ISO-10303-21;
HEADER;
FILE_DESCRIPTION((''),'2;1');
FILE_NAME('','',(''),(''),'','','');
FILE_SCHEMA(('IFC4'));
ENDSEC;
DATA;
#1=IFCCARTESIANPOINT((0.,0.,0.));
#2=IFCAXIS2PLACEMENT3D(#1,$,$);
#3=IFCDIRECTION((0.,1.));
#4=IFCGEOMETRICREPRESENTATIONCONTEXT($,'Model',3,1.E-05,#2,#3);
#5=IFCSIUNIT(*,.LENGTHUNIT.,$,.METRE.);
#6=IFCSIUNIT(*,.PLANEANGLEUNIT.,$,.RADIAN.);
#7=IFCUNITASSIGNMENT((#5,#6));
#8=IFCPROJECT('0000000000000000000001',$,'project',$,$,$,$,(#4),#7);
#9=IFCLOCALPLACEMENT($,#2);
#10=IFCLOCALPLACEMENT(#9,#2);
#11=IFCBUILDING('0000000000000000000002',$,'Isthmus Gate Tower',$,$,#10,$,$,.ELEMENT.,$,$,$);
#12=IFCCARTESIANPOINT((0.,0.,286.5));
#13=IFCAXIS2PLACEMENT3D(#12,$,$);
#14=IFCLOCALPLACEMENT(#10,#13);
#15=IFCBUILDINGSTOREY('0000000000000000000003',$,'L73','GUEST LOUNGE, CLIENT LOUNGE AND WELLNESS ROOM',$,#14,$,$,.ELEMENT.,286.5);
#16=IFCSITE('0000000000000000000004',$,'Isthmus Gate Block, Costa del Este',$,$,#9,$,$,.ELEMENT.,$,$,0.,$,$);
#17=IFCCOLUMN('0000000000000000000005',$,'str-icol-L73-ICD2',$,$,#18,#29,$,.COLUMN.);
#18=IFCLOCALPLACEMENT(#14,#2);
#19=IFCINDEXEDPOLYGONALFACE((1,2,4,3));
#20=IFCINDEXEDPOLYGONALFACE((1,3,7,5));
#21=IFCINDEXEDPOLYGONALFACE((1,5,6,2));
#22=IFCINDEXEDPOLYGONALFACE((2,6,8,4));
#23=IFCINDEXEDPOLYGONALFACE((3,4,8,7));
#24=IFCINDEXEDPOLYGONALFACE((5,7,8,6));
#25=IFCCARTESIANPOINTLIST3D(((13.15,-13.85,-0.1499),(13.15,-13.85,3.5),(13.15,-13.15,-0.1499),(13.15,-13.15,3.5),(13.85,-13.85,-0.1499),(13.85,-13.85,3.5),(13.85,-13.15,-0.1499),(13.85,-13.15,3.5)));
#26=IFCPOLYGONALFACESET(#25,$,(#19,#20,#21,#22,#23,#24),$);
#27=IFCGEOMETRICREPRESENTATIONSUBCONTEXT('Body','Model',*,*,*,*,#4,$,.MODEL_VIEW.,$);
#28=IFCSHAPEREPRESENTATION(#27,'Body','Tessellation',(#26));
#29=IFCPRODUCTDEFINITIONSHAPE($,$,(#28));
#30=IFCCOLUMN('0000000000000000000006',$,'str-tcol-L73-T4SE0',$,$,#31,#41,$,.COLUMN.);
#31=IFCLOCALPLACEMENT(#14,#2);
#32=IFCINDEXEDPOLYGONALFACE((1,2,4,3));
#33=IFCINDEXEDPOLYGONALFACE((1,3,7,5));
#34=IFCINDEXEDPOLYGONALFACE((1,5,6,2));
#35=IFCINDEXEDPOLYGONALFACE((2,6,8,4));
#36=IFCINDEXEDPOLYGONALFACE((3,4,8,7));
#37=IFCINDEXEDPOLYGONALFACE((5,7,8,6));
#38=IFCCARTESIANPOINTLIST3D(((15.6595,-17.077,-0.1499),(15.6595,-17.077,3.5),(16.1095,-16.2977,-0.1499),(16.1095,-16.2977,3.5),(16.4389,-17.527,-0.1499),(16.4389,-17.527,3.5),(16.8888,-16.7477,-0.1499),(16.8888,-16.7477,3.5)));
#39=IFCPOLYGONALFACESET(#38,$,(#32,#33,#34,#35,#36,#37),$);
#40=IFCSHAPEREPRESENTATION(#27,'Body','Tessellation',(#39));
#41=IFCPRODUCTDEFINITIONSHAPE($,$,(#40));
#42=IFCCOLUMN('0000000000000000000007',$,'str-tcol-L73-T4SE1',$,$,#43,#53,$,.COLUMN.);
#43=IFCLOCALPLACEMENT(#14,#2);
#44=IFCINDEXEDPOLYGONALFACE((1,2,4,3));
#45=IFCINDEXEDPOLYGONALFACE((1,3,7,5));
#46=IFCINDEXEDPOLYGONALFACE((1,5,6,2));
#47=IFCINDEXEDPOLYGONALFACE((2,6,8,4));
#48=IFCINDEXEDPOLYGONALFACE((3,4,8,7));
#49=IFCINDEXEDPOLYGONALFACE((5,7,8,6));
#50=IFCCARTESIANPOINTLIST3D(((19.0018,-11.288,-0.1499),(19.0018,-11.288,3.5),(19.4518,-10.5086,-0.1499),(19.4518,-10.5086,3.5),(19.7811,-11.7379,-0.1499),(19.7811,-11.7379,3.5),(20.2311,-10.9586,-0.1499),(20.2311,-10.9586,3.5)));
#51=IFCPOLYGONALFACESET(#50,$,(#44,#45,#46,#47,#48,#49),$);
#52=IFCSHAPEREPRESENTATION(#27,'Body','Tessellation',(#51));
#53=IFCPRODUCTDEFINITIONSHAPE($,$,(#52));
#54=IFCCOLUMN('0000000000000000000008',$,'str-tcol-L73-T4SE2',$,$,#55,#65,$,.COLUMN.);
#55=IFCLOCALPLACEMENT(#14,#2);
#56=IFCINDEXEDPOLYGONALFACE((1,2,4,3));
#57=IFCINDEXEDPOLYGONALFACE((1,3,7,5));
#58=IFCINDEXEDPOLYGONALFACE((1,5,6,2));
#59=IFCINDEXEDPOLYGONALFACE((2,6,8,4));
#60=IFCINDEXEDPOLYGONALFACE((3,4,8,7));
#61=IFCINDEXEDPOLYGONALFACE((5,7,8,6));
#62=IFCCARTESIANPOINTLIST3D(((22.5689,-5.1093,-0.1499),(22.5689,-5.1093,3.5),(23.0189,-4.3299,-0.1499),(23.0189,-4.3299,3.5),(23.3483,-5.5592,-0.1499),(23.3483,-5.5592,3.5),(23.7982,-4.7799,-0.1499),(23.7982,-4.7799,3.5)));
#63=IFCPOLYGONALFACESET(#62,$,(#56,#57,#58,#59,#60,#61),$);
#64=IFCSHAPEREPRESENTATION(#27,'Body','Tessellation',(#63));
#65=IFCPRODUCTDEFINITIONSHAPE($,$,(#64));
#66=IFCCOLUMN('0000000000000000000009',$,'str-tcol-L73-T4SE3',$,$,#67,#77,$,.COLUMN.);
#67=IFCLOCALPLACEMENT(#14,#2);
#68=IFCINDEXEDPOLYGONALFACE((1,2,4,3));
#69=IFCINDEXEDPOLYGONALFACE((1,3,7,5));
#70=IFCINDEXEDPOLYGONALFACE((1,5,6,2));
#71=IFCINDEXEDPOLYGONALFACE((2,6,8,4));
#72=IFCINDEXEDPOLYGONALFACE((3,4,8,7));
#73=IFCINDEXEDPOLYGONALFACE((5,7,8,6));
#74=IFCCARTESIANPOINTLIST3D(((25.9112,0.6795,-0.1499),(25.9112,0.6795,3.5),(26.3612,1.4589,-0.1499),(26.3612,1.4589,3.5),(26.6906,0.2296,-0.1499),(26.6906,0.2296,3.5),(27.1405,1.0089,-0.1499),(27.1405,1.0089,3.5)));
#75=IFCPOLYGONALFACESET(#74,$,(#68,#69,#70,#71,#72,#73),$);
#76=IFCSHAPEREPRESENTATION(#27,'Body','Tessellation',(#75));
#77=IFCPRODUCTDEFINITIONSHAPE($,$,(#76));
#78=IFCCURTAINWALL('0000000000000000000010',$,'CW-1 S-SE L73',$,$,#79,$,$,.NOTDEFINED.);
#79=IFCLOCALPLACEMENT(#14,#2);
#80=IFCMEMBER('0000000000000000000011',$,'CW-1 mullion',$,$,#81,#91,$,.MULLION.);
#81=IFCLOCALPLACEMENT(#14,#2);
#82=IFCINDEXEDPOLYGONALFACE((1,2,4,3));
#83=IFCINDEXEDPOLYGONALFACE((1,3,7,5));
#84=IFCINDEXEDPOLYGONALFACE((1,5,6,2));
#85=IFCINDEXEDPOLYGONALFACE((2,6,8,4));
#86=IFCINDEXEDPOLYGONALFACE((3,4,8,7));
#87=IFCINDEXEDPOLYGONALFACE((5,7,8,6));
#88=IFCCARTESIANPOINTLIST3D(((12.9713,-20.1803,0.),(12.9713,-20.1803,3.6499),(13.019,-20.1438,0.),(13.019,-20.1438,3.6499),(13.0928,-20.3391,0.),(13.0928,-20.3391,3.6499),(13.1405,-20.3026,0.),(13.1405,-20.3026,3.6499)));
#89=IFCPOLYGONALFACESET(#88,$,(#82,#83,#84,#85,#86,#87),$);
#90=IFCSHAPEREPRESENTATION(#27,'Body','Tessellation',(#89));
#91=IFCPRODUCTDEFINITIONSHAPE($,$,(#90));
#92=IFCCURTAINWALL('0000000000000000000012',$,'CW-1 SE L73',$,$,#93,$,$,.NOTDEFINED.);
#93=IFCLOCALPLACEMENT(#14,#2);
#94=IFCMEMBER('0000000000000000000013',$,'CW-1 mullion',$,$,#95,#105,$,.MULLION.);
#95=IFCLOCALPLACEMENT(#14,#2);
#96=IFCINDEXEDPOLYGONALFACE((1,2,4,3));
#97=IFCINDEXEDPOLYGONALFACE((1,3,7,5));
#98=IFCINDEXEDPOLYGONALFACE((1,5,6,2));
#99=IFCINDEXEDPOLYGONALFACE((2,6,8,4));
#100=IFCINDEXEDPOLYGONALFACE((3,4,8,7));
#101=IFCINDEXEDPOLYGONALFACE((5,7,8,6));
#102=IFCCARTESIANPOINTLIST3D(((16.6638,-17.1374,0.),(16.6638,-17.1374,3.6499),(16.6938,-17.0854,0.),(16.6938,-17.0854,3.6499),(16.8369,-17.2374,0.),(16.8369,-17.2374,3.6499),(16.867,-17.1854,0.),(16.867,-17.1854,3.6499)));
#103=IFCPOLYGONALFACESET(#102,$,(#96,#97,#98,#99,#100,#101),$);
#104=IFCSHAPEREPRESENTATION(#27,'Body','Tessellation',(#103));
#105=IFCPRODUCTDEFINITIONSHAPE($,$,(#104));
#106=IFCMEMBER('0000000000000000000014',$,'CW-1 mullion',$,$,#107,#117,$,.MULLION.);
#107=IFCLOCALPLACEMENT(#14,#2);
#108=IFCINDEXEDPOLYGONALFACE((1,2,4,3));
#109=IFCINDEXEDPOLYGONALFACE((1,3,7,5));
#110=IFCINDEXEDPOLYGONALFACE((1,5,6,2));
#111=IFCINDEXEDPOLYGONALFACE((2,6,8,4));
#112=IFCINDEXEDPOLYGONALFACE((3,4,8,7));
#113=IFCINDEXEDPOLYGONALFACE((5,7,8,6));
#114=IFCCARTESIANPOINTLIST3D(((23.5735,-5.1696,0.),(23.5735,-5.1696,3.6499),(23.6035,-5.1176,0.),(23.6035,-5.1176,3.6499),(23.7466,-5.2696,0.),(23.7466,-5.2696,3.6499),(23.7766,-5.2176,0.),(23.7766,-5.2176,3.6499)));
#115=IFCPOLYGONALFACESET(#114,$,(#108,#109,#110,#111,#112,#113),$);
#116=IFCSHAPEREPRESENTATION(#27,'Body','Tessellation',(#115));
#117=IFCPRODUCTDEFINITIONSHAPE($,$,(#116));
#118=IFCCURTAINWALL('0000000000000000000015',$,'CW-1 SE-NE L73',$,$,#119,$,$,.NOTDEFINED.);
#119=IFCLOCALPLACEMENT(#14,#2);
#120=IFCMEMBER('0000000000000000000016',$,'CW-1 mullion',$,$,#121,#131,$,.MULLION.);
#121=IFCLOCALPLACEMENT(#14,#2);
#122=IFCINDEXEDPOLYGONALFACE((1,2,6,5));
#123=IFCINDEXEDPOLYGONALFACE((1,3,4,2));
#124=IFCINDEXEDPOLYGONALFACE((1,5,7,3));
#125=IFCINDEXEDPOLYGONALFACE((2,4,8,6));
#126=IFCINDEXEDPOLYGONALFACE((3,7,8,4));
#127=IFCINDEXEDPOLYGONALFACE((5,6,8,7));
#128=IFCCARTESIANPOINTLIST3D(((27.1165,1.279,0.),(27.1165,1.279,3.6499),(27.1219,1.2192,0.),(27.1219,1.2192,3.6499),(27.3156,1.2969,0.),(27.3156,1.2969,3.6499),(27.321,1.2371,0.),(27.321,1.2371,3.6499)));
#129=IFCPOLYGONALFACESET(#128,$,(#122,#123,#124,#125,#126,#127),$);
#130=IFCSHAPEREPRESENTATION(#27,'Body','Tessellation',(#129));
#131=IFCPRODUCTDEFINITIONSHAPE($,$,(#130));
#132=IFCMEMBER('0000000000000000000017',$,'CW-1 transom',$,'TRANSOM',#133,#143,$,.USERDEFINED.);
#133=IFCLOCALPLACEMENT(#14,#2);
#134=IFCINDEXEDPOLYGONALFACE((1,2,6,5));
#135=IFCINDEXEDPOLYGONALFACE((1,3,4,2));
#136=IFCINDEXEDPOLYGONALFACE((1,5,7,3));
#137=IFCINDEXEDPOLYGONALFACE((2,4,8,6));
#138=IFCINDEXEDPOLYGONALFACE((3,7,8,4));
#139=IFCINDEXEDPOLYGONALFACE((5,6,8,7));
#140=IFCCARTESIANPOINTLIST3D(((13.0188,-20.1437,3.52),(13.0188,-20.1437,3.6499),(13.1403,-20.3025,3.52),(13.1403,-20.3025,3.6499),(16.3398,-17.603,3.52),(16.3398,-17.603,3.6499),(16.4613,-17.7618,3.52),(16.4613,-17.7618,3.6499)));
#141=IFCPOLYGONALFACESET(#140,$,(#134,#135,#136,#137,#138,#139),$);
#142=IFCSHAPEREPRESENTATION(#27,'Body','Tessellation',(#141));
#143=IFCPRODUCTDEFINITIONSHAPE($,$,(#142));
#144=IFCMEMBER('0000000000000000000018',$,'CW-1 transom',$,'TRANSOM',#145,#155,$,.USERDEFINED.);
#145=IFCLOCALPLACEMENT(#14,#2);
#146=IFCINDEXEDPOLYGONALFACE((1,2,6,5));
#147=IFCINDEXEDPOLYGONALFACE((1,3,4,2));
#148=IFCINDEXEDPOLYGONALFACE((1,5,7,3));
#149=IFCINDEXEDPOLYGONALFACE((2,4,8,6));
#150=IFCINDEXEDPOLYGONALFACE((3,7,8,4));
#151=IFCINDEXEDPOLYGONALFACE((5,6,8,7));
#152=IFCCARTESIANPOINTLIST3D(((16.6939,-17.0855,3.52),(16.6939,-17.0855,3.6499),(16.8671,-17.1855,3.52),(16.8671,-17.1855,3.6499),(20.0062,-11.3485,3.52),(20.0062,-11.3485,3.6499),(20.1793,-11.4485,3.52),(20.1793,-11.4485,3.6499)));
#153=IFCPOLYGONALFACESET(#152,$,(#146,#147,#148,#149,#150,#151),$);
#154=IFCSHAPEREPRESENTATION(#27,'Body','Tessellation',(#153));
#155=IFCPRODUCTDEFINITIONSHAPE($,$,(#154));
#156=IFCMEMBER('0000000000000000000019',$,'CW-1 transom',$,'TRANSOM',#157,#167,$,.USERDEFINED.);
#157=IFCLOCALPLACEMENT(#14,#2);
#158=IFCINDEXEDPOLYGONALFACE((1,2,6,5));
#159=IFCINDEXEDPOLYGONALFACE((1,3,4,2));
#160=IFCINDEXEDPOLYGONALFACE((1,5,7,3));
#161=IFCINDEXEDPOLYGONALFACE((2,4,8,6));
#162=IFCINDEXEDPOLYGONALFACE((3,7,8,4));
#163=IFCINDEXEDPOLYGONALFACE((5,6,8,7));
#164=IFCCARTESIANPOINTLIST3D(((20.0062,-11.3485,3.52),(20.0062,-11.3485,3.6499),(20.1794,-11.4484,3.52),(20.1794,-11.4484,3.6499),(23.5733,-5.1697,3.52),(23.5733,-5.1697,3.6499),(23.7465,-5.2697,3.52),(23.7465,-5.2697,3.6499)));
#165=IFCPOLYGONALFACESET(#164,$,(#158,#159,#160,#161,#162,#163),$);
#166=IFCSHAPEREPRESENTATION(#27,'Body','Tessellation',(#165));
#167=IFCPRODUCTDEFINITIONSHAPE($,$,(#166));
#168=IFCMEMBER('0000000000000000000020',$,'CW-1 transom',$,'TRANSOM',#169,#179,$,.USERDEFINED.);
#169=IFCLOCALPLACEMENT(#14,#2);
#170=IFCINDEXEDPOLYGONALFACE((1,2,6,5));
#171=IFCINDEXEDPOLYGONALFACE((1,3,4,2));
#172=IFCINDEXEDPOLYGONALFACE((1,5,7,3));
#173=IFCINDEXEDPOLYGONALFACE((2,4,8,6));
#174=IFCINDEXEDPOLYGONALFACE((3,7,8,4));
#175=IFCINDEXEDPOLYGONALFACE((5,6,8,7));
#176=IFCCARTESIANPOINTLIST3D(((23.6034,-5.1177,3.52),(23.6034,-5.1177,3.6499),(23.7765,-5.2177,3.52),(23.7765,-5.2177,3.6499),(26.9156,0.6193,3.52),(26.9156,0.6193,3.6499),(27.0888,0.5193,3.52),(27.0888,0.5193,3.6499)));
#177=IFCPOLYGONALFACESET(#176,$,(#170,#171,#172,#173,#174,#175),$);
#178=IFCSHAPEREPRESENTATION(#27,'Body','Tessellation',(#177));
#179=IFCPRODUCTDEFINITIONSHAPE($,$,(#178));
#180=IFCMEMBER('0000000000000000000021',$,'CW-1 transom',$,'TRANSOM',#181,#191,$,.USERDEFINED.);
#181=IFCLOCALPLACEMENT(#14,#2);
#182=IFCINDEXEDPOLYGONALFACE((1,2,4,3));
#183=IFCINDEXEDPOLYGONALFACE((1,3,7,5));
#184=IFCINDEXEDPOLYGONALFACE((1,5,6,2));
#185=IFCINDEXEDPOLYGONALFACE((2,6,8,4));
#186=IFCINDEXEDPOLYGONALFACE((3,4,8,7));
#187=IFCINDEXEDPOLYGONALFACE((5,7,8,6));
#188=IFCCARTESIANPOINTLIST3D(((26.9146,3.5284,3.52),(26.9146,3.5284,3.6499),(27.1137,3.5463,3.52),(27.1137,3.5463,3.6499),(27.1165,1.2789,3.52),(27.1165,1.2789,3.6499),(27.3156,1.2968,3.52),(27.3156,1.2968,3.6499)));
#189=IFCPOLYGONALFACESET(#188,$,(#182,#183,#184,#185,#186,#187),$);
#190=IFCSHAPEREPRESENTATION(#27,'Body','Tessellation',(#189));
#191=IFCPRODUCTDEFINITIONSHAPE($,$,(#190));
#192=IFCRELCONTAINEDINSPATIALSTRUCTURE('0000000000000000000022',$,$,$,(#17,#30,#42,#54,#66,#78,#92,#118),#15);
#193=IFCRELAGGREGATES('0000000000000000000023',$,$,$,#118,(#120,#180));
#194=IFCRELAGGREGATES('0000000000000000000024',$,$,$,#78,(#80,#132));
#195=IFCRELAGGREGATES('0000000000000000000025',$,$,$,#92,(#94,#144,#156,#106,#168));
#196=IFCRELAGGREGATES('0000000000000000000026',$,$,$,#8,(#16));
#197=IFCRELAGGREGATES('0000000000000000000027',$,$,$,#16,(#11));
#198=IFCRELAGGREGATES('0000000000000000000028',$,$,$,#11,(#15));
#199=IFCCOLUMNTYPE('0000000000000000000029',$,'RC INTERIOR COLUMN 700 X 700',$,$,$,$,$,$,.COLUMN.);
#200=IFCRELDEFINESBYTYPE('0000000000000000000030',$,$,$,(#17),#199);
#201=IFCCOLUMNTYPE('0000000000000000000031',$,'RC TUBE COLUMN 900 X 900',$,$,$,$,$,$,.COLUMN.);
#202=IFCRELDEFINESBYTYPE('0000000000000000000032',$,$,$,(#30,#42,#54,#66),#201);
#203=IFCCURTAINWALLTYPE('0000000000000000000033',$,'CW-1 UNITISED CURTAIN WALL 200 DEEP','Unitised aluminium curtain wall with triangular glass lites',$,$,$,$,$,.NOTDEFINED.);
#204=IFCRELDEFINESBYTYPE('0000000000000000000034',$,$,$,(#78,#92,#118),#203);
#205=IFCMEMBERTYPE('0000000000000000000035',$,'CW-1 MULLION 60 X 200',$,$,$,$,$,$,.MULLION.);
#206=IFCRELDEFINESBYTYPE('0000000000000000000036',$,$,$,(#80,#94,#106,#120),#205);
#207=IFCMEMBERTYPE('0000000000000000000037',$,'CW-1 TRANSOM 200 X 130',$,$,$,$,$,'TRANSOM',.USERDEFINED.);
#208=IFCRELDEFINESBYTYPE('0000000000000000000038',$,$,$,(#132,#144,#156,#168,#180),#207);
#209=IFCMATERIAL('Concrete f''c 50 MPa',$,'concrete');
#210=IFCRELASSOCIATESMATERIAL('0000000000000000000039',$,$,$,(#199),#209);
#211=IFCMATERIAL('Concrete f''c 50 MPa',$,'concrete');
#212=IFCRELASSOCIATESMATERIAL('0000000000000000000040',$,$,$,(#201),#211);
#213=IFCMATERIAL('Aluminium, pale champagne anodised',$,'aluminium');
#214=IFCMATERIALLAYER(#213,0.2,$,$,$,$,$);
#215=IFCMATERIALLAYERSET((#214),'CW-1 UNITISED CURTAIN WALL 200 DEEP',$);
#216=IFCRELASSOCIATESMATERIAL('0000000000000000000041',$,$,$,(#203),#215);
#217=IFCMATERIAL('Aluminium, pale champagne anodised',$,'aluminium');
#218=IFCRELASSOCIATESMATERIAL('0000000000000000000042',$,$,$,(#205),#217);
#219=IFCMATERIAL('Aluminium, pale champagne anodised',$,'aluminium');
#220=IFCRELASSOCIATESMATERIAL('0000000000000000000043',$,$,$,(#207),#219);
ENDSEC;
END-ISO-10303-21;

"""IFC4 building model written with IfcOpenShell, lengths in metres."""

from ifc_helpers import new_model, si_unit, direction, frame, origin, origin_2d, place, context, subcontext, project, spatial, rectangle, extrude, material, layer, layer_set, material_profile, profile_set, type_object, element, aggregate, save


model = new_model("IFC4")

# Units and contexts
model_context = context("Model", 3, precision=1e-05, world=origin(), true_north=direction((0.0, 1.0)))
body_context = subcontext(model_context, "Body", "Model", "MODEL_VIEW")
ifc_project = project(units=[si_unit("LENGTHUNIT", "METRE"), si_unit("PLANEANGLEUNIT", "RADIAN")], contexts=[model_context])

# Site, building, storey
site_placement = place(None, origin())
site = spatial("IfcSite", under=ifc_project, at=site_placement, Name="Isthmus Gate Block, Costa del Este", CompositionType="ELEMENT", RefElevation=0.0)
building_placement = place(site_placement, origin())
building = spatial("IfcBuilding", under=site, at=building_placement, Name="Isthmus Gate Tower", CompositionType="ELEMENT")
storey_placement = place(building_placement, frame((0.0, 0.0, 286.5)))
storey = spatial("IfcBuildingStorey", under=building, at=storey_placement, Name="L73", Description="GUEST LOUNGE, CLIENT LOUNGE AND WELLNESS ROOM", CompositionType="ELEMENT", Elevation=286.5)

# Columns
ifc_material_1 = material(Name="Concrete f'c 50 MPa", Category="concrete")
ifc_material_profile_1 = material_profile(ifc_material_1, rectangle(XDim=0.7, YDim=0.7, at=origin_2d()), Name="RC 700X700")
ifc_profile_set_1 = profile_set([ifc_material_profile_1], Name="Concrete f'c 50 MPa")
column_type_1 = type_object("IfcColumnType", Name="RC INTERIOR COLUMN 700 X 700", PredefinedType="COLUMN", material=ifc_profile_set_1)
column_placement = place(storey_placement, frame((13.5, -13.5, -0.1499), z_axis=(0.0, 0.0, 1.0), x_axis=(1.0, 0.0, 0.0)))
element("IfcColumn", 1, at=column_placement, inside=storey, type_object=column_type_1, Name="str-icol-L73-ICD2", PredefinedType="COLUMN", context=body_context, shape_type="SweptSolid", body=[
    extrude(rectangle(XDim=0.7, YDim=0.7, at=origin_2d()), origin(), (0.0, 0.0, 1.0), 3.6499),
])
ifc_material_2 = material(Name="Concrete f'c 50 MPa", Category="concrete")
ifc_material_profile_2 = material_profile(ifc_material_2, rectangle(XDim=0.8999, YDim=0.8999, at=origin_2d()), Name="RC 900X900")
ifc_profile_set_2 = profile_set([ifc_material_profile_2], Name="Concrete f'c 50 MPa")
column_type_2 = type_object("IfcColumnType", Name="RC TUBE COLUMN 900 X 900", PredefinedType="COLUMN", material=ifc_profile_set_2)
for number, where, z_axis, x_axis, name in (
    (2, (16.2742, -16.9124, -0.1499), (0.0, 0.0, 1.0), (0.5, 0.866025, 0.0), "str-tcol-L73-T4SE0"),
    (3, (19.6165, -11.1233, -0.1499), (0.0, 0.0, 1.0), (0.5, 0.866025, 0.0), "str-tcol-L73-T4SE1"),
    (4, (23.1836, -4.9446, -0.1499), (0.0, 0.0, 1.0), (0.5, 0.866025, 0.0), "str-tcol-L73-T4SE2"),
    (5, (26.5259, 0.8442, -0.1499), (0.0, 0.0, 1.0), (0.5, 0.866025, 0.0), "str-tcol-L73-T4SE3"),
):
    element("IfcColumn", number, at=place(storey_placement, frame(where, z_axis=z_axis, x_axis=x_axis)), inside=storey, type_object=column_type_2, Name=name, PredefinedType="COLUMN", context=body_context, shape_type="SweptSolid", body=[
        extrude(rectangle(XDim=0.8999, YDim=0.8999, at=origin_2d()), origin(), (0.0, 0.0, 1.0), 3.6499),
    ])

# Curtain wall, member
ifc_material_3 = material(Name="Aluminium, pale champagne anodised", Category="aluminium")
ifc_layer_1 = layer(ifc_material_3, 0.2)
ifc_layer_set_1 = layer_set([ifc_layer_1], Name="CW-1 UNITISED CURTAIN WALL 200 DEEP")
curtain_wall_type = type_object("IfcCurtainWallType", Name="CW-1 UNITISED CURTAIN WALL 200 DEEP", Description="Unitised aluminium curtain wall with triangular glass lites", PredefinedType="NOTDEFINED", material=ifc_layer_set_1)
curtain_wall_1_placement = place(storey_placement, origin())
curtain_wall_1 = element("IfcCurtainWall", 6, at=curtain_wall_1_placement, inside=storey, type_object=curtain_wall_type, Name="CW-1 S-SE L73", PredefinedType="NOTDEFINED")
ifc_material_4 = material(Name="Aluminium, pale champagne anodised", Category="aluminium")
ifc_material_profile_3 = material_profile(ifc_material_4, rectangle(XDim=0.0601, YDim=0.2, at=origin_2d()), Name="60x200")
ifc_profile_set_3 = profile_set([ifc_material_profile_3], Name="Aluminium, pale champagne anodised")
member_type_1 = type_object("IfcMemberType", Name="CW-1 MULLION 60 X 200", PredefinedType="MULLION", material=ifc_profile_set_3)
member_1_placement = place(storey_placement, frame((13.0559, -20.2415, 0.0), z_axis=(0.0, 0.0, 1.0), x_axis=(0.794189, 0.607671, 0.0)))
member_1 = element("IfcMember", 7, at=member_1_placement, type_object=member_type_1, Name="CW-1 mullion", PredefinedType="MULLION", context=body_context, shape_type="SweptSolid", body=[
    extrude(rectangle(XDim=0.0601, YDim=0.2, at=origin_2d()), origin(), (0.0, 0.0, 1.0), 3.6499),
])

# Curtain wall, members
curtain_wall_2_placement = place(storey_placement, origin())
curtain_wall_2 = element("IfcCurtainWall", 8, at=curtain_wall_2_placement, inside=storey, type_object=curtain_wall_type, Name="CW-1 SE L73", PredefinedType="NOTDEFINED")
member_2_placement = place(storey_placement, frame((16.7654, -17.1614, 0.0), z_axis=(0.0, 0.0, 1.0), x_axis=(0.5, 0.866025, 0.0)))
member_2 = element("IfcMember", 9, at=member_2_placement, type_object=member_type_1, Name="CW-1 mullion", PredefinedType="MULLION", context=body_context, shape_type="SweptSolid", body=[
    extrude(rectangle(XDim=0.0601, YDim=0.2, at=origin_2d()), origin(), (0.0, 0.0, 1.0), 3.6499),
])
member_3_placement = place(storey_placement, frame((23.675, -5.1936, 0.0), z_axis=(0.0, 0.0, 1.0), x_axis=(0.5, 0.866025, 0.0)))
member_3 = element("IfcMember", 10, at=member_3_placement, type_object=member_type_1, Name="CW-1 mullion", PredefinedType="MULLION", context=body_context, shape_type="SweptSolid", body=[
    extrude(rectangle(XDim=0.0601, YDim=0.2, at=origin_2d()), origin(), (0.0, 0.0, 1.0), 3.6499),
])

# Curtain wall, member
curtain_wall_3_placement = place(storey_placement, origin())
curtain_wall_3 = element("IfcCurtainWall", 11, at=curtain_wall_3_placement, inside=storey, type_object=curtain_wall_type, Name="CW-1 SE-NE L73", PredefinedType="NOTDEFINED")
member_4_placement = place(storey_placement, frame((27.2188, 1.2581, 0.0), z_axis=(0.0, 0.0, 1.0), x_axis=(-0.089397, 0.995996, 0.0)))
member_4 = element("IfcMember", 12, at=member_4_placement, type_object=member_type_1, Name="CW-1 mullion", PredefinedType="MULLION", context=body_context, shape_type="SweptSolid", body=[
    extrude(rectangle(XDim=0.0601, YDim=0.2, at=origin_2d()), origin(), (0.0, 0.0, 1.0), 3.6499),
])

# Members
ifc_material_5 = material(Name="Aluminium, pale champagne anodised", Category="aluminium")
ifc_material_profile_4 = material_profile(ifc_material_5, rectangle(XDim=0.2, YDim=0.1299, at=origin_2d()), Name="200x130")
ifc_profile_set_4 = profile_set([ifc_material_profile_4], Name="Aluminium, pale champagne anodised")
member_type_2 = type_object("IfcMemberType", Name="CW-1 TRANSOM 200 X 130", ElementType="TRANSOM", PredefinedType="USERDEFINED", material=ifc_profile_set_4)
member_5_placement = place(storey_placement, frame((13.0796, -20.2231, 3.585), z_axis=(0.794225, 0.607623, 0.0), x_axis=(-0.607623, 0.794225, 0.0)))
member_5 = element("IfcMember", 13, at=member_5_placement, type_object=member_type_2, Name="CW-1 transom", ObjectType="TRANSOM", PredefinedType="USERDEFINED", context=body_context, shape_type="SweptSolid", body=[
    extrude(rectangle(XDim=0.2, YDim=0.1299, at=origin_2d()), origin(), (0.0, 0.0, 1.0), 4.1814),
])
member_6_placement = place(storey_placement, frame((16.7805, -17.1355, 3.585), z_axis=(0.499996, 0.866028, 0.0), x_axis=(-0.866028, 0.499996, 0.0)))
member_6 = element("IfcMember", 14, at=member_6_placement, type_object=member_type_2, Name="CW-1 transom", ObjectType="TRANSOM", PredefinedType="USERDEFINED", context=body_context, shape_type="SweptSolid", body=[
    extrude(rectangle(XDim=0.2, YDim=0.1299, at=origin_2d()), origin(), (0.0, 0.0, 1.0), 6.6245),
])
member_7_placement = place(storey_placement, frame((20.0928, -11.3984, 3.585), z_axis=(0.499985, 0.866034, 0.0), x_axis=(-0.866034, 0.499985, 0.0)))
member_7 = element("IfcMember", 15, at=member_7_placement, type_object=member_type_2, Name="CW-1 transom", ObjectType="TRANSOM", PredefinedType="USERDEFINED", context=body_context, shape_type="SweptSolid", body=[
    extrude(rectangle(XDim=0.2, YDim=0.1299, at=origin_2d()), origin(), (0.0, 0.0, 1.0), 7.1345),
])
member_8_placement = place(storey_placement, frame((23.6899, -5.1677, 3.585), z_axis=(0.499996, 0.866028, 0.0), x_axis=(-0.866028, 0.499996, 0.0)))
member_8 = element("IfcMember", 16, at=member_8_placement, type_object=member_type_2, Name="CW-1 transom", ObjectType="TRANSOM", PredefinedType="USERDEFINED", context=body_context, shape_type="SweptSolid", body=[
    extrude(rectangle(XDim=0.2, YDim=0.1299, at=origin_2d()), origin(), (0.0, 0.0, 1.0), 6.6245),
])
member_9_placement = place(storey_placement, frame((27.2161, 1.2878, 3.585), z_axis=(-0.089395, 0.995996, 0.0), x_axis=(-0.995996, -0.089395, 0.0)))
member_9 = element("IfcMember", 17, at=member_9_placement, type_object=member_type_2, Name="CW-1 transom", ObjectType="TRANSOM", PredefinedType="USERDEFINED", context=body_context, shape_type="SweptSolid", body=[
    extrude(rectangle(XDim=0.2, YDim=0.1299, at=origin_2d()), origin(), (0.0, 0.0, 1.0), 2.2585),
])
aggregate(curtain_wall_3, [member_4, member_9])

aggregate(curtain_wall_1, [member_1, member_5])
aggregate(curtain_wall_2, [member_2, member_6, member_7, member_3, member_8])

save(model, "model.ifc")
